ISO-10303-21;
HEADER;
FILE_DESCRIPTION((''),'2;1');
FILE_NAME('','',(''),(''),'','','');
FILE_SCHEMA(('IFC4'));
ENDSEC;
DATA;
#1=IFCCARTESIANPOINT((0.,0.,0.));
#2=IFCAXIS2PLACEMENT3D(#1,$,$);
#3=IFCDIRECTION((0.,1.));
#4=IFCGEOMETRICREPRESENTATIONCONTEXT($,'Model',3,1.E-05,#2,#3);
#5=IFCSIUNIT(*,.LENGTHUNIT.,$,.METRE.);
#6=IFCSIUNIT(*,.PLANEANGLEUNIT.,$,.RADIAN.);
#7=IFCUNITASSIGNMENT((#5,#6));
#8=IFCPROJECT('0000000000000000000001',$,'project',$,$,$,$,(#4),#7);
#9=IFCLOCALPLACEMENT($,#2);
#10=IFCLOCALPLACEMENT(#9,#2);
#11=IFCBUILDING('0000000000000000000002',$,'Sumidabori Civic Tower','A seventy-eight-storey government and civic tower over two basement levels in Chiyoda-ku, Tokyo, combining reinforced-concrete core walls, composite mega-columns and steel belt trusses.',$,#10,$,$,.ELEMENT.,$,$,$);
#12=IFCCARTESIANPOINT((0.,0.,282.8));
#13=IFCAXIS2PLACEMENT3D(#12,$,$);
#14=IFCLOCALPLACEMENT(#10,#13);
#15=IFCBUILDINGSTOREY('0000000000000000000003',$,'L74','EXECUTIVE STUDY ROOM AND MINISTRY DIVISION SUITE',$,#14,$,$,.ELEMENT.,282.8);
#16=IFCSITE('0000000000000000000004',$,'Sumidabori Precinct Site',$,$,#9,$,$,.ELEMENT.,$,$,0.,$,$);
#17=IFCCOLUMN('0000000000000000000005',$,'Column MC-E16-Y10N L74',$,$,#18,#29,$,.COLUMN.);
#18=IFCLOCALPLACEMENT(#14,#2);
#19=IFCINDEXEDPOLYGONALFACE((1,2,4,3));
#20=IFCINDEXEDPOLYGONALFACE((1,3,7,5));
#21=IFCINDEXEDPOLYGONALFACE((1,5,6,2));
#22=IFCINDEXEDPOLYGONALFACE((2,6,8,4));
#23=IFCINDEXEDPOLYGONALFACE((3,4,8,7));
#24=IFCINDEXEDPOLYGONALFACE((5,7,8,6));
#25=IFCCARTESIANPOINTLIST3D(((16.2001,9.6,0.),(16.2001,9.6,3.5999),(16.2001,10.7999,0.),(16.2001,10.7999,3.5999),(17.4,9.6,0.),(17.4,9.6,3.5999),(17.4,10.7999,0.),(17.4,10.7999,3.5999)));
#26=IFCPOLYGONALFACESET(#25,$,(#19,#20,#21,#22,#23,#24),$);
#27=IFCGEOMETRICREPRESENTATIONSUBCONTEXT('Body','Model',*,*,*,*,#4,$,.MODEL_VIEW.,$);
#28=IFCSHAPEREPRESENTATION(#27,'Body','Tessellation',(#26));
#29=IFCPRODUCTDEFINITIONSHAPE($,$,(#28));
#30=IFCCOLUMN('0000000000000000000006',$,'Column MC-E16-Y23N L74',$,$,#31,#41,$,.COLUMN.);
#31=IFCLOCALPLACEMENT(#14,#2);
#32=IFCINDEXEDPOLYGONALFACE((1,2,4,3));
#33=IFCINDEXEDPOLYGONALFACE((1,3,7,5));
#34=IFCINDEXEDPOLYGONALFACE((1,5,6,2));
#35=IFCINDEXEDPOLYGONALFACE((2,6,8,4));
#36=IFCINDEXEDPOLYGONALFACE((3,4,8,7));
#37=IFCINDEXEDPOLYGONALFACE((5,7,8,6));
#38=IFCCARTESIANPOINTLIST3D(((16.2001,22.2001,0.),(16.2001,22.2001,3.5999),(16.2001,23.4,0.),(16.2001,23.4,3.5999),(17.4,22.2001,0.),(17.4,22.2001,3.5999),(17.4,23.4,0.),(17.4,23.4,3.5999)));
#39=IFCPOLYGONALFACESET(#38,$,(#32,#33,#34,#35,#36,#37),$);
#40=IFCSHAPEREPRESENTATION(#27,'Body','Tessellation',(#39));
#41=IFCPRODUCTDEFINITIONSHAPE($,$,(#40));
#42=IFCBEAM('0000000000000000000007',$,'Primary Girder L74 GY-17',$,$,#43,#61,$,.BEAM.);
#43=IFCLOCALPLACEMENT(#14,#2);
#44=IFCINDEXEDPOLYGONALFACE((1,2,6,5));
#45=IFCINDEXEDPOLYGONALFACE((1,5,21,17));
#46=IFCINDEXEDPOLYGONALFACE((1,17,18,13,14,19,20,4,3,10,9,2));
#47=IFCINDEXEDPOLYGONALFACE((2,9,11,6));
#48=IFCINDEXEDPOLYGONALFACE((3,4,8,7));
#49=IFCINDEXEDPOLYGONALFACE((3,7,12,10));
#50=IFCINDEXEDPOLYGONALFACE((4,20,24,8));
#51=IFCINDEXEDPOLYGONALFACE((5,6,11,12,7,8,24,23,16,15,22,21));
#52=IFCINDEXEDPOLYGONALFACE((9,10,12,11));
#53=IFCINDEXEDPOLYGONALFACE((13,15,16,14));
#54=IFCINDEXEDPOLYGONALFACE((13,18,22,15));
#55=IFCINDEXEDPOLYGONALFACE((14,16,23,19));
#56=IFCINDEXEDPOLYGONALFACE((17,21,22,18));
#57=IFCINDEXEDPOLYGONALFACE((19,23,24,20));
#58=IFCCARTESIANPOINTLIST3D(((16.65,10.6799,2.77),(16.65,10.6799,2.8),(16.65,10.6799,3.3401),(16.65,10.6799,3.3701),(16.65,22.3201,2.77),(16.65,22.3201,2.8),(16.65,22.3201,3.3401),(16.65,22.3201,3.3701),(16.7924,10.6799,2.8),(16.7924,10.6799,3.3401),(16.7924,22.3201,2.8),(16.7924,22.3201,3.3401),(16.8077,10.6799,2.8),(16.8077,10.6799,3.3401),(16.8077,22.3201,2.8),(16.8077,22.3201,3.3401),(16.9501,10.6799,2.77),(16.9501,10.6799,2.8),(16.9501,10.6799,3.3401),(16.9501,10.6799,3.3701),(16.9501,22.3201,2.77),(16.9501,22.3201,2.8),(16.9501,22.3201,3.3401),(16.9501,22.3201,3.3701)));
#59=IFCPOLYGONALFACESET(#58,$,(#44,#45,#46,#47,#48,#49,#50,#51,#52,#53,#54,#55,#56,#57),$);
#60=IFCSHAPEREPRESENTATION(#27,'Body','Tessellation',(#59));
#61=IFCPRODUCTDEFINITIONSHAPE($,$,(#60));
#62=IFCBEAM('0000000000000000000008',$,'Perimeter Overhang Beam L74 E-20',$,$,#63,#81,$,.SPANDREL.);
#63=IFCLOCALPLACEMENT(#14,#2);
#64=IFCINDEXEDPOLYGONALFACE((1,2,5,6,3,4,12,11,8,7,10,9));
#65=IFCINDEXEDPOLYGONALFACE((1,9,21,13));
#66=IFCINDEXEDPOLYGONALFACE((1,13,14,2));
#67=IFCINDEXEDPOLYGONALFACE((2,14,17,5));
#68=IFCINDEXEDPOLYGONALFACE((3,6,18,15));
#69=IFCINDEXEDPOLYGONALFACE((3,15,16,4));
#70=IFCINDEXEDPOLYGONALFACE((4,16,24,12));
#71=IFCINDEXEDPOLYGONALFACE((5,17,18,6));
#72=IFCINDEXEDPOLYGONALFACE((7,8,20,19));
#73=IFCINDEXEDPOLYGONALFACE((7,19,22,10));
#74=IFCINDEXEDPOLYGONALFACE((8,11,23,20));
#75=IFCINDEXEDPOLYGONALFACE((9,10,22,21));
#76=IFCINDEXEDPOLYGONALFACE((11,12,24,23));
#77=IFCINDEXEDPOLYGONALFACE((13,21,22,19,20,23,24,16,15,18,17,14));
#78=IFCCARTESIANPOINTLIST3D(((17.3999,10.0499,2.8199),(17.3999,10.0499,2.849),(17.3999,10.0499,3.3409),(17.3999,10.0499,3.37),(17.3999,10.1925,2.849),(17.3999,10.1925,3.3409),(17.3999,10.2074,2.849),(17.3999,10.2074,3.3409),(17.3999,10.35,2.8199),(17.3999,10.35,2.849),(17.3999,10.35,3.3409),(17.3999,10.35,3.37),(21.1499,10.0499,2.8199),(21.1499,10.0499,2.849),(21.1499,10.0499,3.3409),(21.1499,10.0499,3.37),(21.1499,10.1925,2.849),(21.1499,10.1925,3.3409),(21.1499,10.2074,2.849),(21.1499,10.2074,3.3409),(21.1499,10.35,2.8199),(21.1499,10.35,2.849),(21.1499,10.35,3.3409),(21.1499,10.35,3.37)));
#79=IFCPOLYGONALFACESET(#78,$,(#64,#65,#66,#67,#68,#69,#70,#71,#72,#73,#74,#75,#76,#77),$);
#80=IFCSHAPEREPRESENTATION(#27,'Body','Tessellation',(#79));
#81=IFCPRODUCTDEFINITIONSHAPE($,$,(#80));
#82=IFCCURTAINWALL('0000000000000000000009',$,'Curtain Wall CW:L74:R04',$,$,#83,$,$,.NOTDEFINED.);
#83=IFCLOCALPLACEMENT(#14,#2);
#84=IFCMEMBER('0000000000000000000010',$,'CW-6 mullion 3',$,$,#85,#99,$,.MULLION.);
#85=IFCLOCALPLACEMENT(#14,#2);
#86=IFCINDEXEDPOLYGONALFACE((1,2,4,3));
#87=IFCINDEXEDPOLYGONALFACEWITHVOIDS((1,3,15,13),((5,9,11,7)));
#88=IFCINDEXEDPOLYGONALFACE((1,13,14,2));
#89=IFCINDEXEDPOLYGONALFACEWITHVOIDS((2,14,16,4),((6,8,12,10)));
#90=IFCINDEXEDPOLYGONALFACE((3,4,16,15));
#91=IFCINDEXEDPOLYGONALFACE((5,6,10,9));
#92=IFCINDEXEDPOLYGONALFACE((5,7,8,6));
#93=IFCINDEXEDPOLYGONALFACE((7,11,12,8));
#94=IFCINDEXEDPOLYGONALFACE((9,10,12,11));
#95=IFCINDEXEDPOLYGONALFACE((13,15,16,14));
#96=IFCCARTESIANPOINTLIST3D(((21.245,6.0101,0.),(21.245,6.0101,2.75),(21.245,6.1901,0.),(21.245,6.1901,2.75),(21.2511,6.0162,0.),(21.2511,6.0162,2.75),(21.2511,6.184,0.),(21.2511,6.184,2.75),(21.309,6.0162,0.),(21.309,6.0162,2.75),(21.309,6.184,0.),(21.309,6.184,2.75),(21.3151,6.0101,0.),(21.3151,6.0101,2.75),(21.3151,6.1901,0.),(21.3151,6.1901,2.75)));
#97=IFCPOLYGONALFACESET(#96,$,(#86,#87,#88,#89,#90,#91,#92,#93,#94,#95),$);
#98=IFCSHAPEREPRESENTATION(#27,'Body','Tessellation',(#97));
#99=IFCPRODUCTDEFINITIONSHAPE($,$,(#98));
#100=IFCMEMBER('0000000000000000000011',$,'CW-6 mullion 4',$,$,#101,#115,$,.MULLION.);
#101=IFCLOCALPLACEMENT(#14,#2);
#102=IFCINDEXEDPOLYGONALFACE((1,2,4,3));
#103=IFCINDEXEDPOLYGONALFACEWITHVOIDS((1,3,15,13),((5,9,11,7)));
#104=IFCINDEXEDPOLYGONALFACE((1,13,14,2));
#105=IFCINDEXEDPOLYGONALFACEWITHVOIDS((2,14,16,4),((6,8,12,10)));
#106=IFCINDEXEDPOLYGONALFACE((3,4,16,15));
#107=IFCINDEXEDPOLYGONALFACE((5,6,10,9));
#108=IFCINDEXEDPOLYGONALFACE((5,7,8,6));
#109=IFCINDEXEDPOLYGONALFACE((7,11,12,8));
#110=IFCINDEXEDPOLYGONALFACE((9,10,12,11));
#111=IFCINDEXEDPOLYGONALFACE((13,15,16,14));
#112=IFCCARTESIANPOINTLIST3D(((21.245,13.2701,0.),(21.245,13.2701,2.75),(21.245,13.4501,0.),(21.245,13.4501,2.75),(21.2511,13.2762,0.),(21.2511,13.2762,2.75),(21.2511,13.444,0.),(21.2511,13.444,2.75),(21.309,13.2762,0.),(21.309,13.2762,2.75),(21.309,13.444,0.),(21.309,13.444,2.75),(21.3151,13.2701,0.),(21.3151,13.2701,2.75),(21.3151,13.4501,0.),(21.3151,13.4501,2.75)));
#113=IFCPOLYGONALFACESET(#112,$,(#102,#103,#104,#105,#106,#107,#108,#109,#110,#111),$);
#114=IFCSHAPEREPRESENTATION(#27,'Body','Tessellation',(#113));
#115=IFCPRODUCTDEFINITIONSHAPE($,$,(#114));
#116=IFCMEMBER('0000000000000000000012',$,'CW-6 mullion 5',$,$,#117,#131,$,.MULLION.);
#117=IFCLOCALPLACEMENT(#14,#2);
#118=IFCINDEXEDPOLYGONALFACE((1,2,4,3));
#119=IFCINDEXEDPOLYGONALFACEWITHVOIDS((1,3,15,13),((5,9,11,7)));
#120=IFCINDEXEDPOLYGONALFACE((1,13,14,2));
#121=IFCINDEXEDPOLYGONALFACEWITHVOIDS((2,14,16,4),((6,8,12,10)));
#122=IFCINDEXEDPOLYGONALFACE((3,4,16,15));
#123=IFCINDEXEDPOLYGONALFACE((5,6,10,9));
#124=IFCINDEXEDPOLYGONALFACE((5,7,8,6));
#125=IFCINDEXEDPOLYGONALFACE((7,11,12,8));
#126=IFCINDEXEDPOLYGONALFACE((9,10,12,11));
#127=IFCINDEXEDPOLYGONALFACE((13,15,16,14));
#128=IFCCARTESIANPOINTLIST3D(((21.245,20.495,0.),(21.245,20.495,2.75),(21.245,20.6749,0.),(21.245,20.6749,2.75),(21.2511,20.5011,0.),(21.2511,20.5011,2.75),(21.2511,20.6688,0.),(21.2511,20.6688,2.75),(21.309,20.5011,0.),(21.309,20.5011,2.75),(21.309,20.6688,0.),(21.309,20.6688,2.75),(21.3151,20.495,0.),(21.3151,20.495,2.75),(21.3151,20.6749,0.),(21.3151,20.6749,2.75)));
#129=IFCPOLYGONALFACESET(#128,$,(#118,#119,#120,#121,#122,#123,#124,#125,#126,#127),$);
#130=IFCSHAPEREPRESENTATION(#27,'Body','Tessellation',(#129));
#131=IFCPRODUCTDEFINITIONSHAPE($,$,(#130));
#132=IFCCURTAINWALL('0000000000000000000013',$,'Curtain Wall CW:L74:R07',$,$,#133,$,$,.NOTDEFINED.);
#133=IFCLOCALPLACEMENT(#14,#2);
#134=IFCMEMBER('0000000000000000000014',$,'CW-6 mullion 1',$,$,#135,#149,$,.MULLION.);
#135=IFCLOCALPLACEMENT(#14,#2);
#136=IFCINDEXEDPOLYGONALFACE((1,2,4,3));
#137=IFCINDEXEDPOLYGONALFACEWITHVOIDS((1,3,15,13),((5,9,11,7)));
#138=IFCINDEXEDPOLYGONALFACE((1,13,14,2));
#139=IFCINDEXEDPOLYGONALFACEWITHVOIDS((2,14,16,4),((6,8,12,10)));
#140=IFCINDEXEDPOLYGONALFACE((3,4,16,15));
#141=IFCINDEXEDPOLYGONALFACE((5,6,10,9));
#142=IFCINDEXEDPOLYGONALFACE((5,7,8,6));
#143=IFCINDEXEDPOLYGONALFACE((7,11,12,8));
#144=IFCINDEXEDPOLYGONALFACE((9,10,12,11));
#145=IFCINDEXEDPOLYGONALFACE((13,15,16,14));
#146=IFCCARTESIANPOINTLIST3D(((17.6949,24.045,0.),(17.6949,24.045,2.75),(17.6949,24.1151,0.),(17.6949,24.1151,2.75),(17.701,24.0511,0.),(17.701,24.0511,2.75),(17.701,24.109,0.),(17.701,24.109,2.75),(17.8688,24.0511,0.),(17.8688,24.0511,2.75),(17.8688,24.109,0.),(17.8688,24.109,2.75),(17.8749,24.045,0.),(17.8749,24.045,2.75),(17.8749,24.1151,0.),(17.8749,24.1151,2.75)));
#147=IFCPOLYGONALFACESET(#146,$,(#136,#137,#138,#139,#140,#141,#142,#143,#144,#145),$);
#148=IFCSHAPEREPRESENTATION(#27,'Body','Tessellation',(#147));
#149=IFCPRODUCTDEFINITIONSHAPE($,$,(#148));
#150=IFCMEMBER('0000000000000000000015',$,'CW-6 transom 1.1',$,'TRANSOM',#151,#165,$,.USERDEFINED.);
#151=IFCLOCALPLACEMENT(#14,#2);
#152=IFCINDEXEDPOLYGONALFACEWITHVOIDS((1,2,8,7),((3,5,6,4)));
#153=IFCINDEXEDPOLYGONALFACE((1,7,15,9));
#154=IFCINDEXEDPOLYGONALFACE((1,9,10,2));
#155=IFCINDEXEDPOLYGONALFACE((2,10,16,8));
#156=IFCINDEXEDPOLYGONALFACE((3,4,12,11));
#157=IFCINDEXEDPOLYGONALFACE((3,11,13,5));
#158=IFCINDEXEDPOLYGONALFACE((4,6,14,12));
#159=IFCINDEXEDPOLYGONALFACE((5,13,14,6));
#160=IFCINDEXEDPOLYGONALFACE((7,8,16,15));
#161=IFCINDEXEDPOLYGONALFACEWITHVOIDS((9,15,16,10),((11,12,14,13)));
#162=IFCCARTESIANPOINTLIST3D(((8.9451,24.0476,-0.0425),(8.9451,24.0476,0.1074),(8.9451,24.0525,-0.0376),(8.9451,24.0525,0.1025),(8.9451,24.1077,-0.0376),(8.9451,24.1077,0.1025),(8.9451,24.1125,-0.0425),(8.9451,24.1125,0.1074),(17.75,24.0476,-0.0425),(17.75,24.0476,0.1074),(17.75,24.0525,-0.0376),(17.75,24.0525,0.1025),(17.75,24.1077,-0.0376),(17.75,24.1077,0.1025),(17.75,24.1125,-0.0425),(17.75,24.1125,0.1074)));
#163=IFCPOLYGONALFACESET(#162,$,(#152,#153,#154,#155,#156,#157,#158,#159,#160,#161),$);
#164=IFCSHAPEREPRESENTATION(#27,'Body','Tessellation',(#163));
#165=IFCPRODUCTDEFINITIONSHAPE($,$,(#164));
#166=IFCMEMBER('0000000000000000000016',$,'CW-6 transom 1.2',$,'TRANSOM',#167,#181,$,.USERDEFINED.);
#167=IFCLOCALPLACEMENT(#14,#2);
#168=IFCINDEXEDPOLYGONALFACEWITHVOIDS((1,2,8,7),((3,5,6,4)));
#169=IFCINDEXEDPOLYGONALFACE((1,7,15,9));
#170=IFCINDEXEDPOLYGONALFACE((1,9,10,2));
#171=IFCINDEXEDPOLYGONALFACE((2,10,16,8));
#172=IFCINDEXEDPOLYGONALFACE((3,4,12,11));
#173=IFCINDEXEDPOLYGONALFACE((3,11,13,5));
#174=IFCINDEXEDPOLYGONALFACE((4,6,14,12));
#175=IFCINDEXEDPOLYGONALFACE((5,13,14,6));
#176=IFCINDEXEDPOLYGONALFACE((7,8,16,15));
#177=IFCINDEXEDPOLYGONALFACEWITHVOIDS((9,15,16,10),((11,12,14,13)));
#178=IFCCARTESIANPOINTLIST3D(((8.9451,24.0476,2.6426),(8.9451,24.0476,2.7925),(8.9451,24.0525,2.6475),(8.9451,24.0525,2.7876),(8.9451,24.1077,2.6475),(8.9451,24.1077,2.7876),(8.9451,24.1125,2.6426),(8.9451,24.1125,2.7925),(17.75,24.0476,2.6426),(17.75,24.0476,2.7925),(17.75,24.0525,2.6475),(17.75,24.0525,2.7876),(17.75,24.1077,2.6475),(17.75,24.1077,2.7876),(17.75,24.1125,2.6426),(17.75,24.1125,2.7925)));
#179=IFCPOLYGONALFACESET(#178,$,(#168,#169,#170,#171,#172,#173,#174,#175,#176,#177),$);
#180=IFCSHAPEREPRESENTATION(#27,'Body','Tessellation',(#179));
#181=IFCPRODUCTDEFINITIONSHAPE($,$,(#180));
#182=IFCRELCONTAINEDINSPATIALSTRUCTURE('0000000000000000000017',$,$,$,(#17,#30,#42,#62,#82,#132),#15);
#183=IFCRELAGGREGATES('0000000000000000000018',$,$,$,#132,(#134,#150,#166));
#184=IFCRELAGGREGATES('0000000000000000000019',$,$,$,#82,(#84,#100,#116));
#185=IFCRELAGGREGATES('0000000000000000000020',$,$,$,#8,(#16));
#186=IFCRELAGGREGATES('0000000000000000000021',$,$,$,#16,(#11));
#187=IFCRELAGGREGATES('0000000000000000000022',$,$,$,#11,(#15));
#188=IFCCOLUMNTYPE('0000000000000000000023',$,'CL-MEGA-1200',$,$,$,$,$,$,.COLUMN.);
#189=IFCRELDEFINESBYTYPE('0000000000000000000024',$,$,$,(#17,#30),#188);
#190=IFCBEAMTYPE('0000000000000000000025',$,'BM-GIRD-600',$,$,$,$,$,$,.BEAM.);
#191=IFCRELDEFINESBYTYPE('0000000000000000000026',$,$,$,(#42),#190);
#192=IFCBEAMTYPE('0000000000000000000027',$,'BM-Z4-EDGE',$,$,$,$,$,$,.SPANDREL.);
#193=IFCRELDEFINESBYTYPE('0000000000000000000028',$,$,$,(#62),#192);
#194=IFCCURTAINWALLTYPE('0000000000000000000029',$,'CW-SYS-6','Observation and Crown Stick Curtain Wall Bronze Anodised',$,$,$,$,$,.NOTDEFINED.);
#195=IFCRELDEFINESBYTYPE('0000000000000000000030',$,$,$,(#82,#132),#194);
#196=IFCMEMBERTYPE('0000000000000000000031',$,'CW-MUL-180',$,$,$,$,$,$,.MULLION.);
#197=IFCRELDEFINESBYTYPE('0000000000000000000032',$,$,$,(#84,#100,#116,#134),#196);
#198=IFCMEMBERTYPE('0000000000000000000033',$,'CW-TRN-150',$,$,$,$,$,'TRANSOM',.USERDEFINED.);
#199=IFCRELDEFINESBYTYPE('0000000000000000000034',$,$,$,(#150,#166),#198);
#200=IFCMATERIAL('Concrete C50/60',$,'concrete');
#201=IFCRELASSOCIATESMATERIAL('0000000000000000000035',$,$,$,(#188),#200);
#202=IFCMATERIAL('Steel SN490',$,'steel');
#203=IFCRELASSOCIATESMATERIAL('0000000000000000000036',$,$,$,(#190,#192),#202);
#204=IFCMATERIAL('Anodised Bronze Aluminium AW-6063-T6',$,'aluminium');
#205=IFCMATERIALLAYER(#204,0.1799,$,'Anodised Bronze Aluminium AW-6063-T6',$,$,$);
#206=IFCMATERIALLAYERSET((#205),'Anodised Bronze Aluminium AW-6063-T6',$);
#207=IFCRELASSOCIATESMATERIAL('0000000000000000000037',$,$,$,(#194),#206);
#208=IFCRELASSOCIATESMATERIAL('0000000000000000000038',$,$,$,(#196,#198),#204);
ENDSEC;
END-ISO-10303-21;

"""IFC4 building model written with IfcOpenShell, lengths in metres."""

from ifc_helpers import new_model, si_unit, direction, frame, origin, origin_2d, place, context, subcontext, project, spatial, rectangle, hollow_rectangle, i_section, extrude, source, transform, mapped, material, layer, layer_set, material_profile, profile_set, type_object, element, aggregate, save


model = new_model("IFC4")

# Units and contexts
model_context = context("Model", 3, precision=1e-05, world=origin(), true_north=direction((0.0, 1.0)))
body_context = subcontext(model_context, "Body", "Model", "MODEL_VIEW")
ifc_project = project(units=[si_unit("LENGTHUNIT", "METRE"), si_unit("PLANEANGLEUNIT", "RADIAN")], contexts=[model_context])

# Site, building, storey
site_placement = place(None, origin())
site = spatial("IfcSite", under=ifc_project, at=site_placement, Name="Sumidabori Precinct Site", CompositionType="ELEMENT", RefElevation=0.0)
building_placement = place(site_placement, origin())
building = spatial("IfcBuilding", under=site, at=building_placement, Name="Sumidabori Civic Tower", Description="A seventy-eight-storey government and civic tower over two basement levels in Chiyoda-ku, Tokyo, combining reinforced-concrete core walls, composite mega-columns and steel belt trusses.", CompositionType="ELEMENT")
storey_placement = place(building_placement, frame((0.0, 0.0, 282.8)))
storey = spatial("IfcBuildingStorey", under=building, at=storey_placement, Name="L74", Description="EXECUTIVE STUDY ROOM AND MINISTRY DIVISION SUITE", CompositionType="ELEMENT", Elevation=282.8)

# Columns
ifc_material_1 = material(Name="Concrete C50/60", Category="concrete")
ifc_material_profile_1 = material_profile(ifc_material_1, rectangle(XDim=1.2, YDim=1.2, at=origin_2d()), Name="RC 1200x1200")
ifc_profile_set_1 = profile_set([ifc_material_profile_1], Name="Concrete C50/60")
column_type = type_object("IfcColumnType", Name="CL-MEGA-1200", PredefinedType="COLUMN", material=ifc_profile_set_1)
shared_shape_1 = source(origin(), body_context, "Body", "SweptSolid", [
    extrude(rectangle(XDim=1.2, YDim=1.2, at=origin_2d()), origin(), (0.0, 0.0, 1.0), 3.5999),
])
for number, where, z_axis, x_axis, name in (
    (1, (16.8, 10.2, 0.0), (0.0, 0.0, 1.0), (1.0, 0.0, 0.0), "Column MC-E16-Y10N L74"),
    (2, (16.8, 22.8, 0.0), (0.0, 0.0, 1.0), (1.0, 0.0, 0.0), "Column MC-E16-Y23N L74"),
):
    element("IfcColumn", number, at=place(storey_placement, frame(where, z_axis=z_axis, x_axis=x_axis)), inside=storey, type_object=column_type, Name=name, PredefinedType="COLUMN", context=body_context, shape_type="MappedRepresentation", body=[
        mapped(shared_shape_1, transform((0.0, 0.0, 0.0), x_axis=(1.0, 0.0, 0.0), y_axis=(0.0, 1.0, 0.0), z_axis=(0.0, 0.0, 1.0), scale=1.0)),
    ])

# Beams
ifc_material_2 = material(Name="Steel SN490", Category="steel")
ifc_material_profile_2 = material_profile(ifc_material_2, i_section(OverallWidth=0.3, OverallDepth=0.6001, WebThickness=0.0154, FlangeThickness=0.03, at=origin_2d()), Name="HE 600 B")
ifc_profile_set_2 = profile_set([ifc_material_profile_2], Name="Steel SN490")
beam_type_1 = type_object("IfcBeamType", Name="BM-GIRD-600", PredefinedType="BEAM", material=ifc_profile_set_2)
shared_shape_2 = source(origin(), body_context, "Body", "SweptSolid", [
    extrude(i_section(OverallWidth=0.3, OverallDepth=0.6001, WebThickness=0.0154, FlangeThickness=0.03, at=origin_2d()), origin(), (0.0, 0.0, 1.0), 11.6401),
])
beam_1_placement = place(storey_placement, frame((16.8, 10.6799, 3.0701), z_axis=(0.0, 1.0, 0.0), x_axis=(-1.0, 0.0, 0.0)))
element("IfcBeam", 3, at=beam_1_placement, inside=storey, type_object=beam_type_1, Name="Primary Girder L74 GY-17", PredefinedType="BEAM", context=body_context, shape_type="MappedRepresentation", body=[
    mapped(shared_shape_2, transform((0.0, 0.0, 0.0), x_axis=(1.0, 0.0, 0.0), y_axis=(0.0, 1.0, 0.0), z_axis=(0.0, 0.0, 1.0), scale=1.0)),
])
ifc_material_profile_3 = material_profile(ifc_material_2, i_section(OverallWidth=0.3, OverallDepth=0.55, WebThickness=0.0149, FlangeThickness=0.0291, at=origin_2d()), Name="HE 550 B")
ifc_profile_set_3 = profile_set([ifc_material_profile_3], Name="Steel SN490")
beam_type_2 = type_object("IfcBeamType", Name="BM-Z4-EDGE", PredefinedType="SPANDREL", material=ifc_profile_set_3)
shared_shape_3 = source(origin(), body_context, "Body", "SweptSolid", [
    extrude(i_section(OverallWidth=0.3, OverallDepth=0.55, WebThickness=0.0149, FlangeThickness=0.0291, at=origin_2d()), origin(), (0.0, 0.0, 1.0), 3.75),
])
beam_2_placement = place(storey_placement, frame((17.3999, 10.2, 3.095), z_axis=(1.0, 0.0, 0.0), x_axis=(0.0, 1.0, 0.0)))
element("IfcBeam", 4, at=beam_2_placement, inside=storey, type_object=beam_type_2, Name="Perimeter Overhang Beam L74 E-20", PredefinedType="SPANDREL", context=body_context, shape_type="MappedRepresentation", body=[
    mapped(shared_shape_3, transform((0.0, 0.0, 0.0), x_axis=(1.0, 0.0, 0.0), y_axis=(0.0, 1.0, 0.0), z_axis=(0.0, 0.0, 1.0), scale=1.0)),
])

# Curtain walls, members
ifc_material_3 = material(Name="Anodised Bronze Aluminium AW-6063-T6", Category="aluminium")
ifc_layer_1 = layer(ifc_material_3, 0.1799, Name="Anodised Bronze Aluminium AW-6063-T6")
ifc_layer_set_1 = layer_set([ifc_layer_1], Name="Anodised Bronze Aluminium AW-6063-T6")
curtain_wall_type = type_object("IfcCurtainWallType", Name="CW-SYS-6", Description="Observation and Crown Stick Curtain Wall Bronze Anodised", PredefinedType="NOTDEFINED", material=ifc_layer_set_1)
curtain_wall_1_placement = place(storey_placement, origin())
curtain_wall_1 = element("IfcCurtainWall", 5, at=curtain_wall_1_placement, inside=storey, type_object=curtain_wall_type, Name="Curtain Wall CW:L74:R04", PredefinedType="NOTDEFINED")
ifc_material_profile_4 = material_profile(ifc_material_3, hollow_rectangle(XDim=0.0701, YDim=0.1799, WallThickness=0.0061, at=origin_2d()), Name="ALU MULLION 180x70")
ifc_profile_set_4 = profile_set([ifc_material_profile_4], Name="Anodised Bronze Aluminium AW-6063-T6")
member_type_1 = type_object("IfcMemberType", Name="CW-MUL-180", PredefinedType="MULLION", material=ifc_profile_set_4)
shared_shape_4 = source(origin(), body_context, "Body", "SweptSolid", [
    extrude(hollow_rectangle(XDim=0.0701, YDim=0.1799, WallThickness=0.0061, at=origin_2d()), origin(), (0.0, 0.0, 1.0), 2.75),
])
member_1_placement = place(storey_placement, frame((21.28, 6.1001, 0.0), z_axis=(0.0, 0.0, 1.0), x_axis=(-1.0, 0.0, 0.0)))
member_1 = element("IfcMember", 6, at=member_1_placement, type_object=member_type_1, Name="CW-6 mullion 3", PredefinedType="MULLION", context=body_context, shape_type="MappedRepresentation", body=[
    mapped(shared_shape_4, transform((0.0, 0.0, 0.0), x_axis=(1.0, 0.0, 0.0), y_axis=(0.0, 1.0, 0.0), z_axis=(0.0, 0.0, 1.0), scale=1.0)),
])
member_2_placement = place(storey_placement, frame((21.28, 13.3601, 0.0), z_axis=(0.0, 0.0, 1.0), x_axis=(-1.0, 0.0, 0.0)))
member_2 = element("IfcMember", 7, at=member_2_placement, type_object=member_type_1, Name="CW-6 mullion 4", PredefinedType="MULLION", context=body_context, shape_type="MappedRepresentation", body=[
    mapped(shared_shape_4, transform((0.0, 0.0, 0.0), x_axis=(1.0, 0.0, 0.0), y_axis=(0.0, 1.0, 0.0), z_axis=(0.0, 0.0, 1.0), scale=1.0)),
])
member_3_placement = place(storey_placement, frame((21.28, 20.585, 0.0), z_axis=(0.0, 0.0, 1.0), x_axis=(-1.0, 0.0, 0.0)))
member_3 = element("IfcMember", 8, at=member_3_placement, type_object=member_type_1, Name="CW-6 mullion 5", PredefinedType="MULLION", context=body_context, shape_type="MappedRepresentation", body=[
    mapped(shared_shape_4, transform((0.0, 0.0, 0.0), x_axis=(1.0, 0.0, 0.0), y_axis=(0.0, 1.0, 0.0), z_axis=(0.0, 0.0, 1.0), scale=1.0)),
])
curtain_wall_2_placement = place(storey_placement, origin())
curtain_wall_2 = element("IfcCurtainWall", 9, at=curtain_wall_2_placement, inside=storey, type_object=curtain_wall_type, Name="Curtain Wall CW:L74:R07", PredefinedType="NOTDEFINED")
member_4_placement = place(storey_placement, frame((17.7849, 24.0801, 0.0), z_axis=(0.0, 0.0, 1.0), x_axis=(0.0, -1.0, 0.0)))
member_4 = element("IfcMember", 10, at=member_4_placement, type_object=member_type_1, Name="CW-6 mullion 1", PredefinedType="MULLION", context=body_context, shape_type="MappedRepresentation", body=[
    mapped(shared_shape_4, transform((0.0, 0.0, 0.0), x_axis=(1.0, 0.0, 0.0), y_axis=(0.0, 1.0, 0.0), z_axis=(0.0, 0.0, 1.0), scale=1.0)),
])
ifc_material_profile_5 = material_profile(ifc_material_3, hollow_rectangle(XDim=0.0649, YDim=0.1499, WallThickness=0.0049, at=origin_2d()), Name="ALU TRANSOM 150x65")
ifc_profile_set_5 = profile_set([ifc_material_profile_5], Name="Anodised Bronze Aluminium AW-6063-T6")
member_type_2 = type_object("IfcMemberType", Name="CW-TRN-150", ElementType="TRANSOM", PredefinedType="USERDEFINED", material=ifc_profile_set_5)
shared_shape_5 = source(origin(), body_context, "Body", "SweptSolid", [
    extrude(hollow_rectangle(XDim=0.0649, YDim=0.1499, WallThickness=0.0049, at=origin_2d()), origin(), (0.0, 0.0, 1.0), 8.8049),
])
member_5_placement = place(storey_placement, frame((17.75, 24.0801, 0.0325), z_axis=(-1.0, 0.0, 0.0), x_axis=(0.0, -1.0, 0.0)))
member_5 = element("IfcMember", 11, at=member_5_placement, type_object=member_type_2, Name="CW-6 transom 1.1", ObjectType="TRANSOM", PredefinedType="USERDEFINED", context=body_context, shape_type="MappedRepresentation", body=[
    mapped(shared_shape_5, transform((0.0, 0.0, 0.0), x_axis=(1.0, 0.0, 0.0), y_axis=(0.0, 1.0, 0.0), z_axis=(0.0, 0.0, 1.0), scale=1.0)),
])
member_6_placement = place(storey_placement, frame((17.75, 24.0801, 2.7175), z_axis=(-1.0, 0.0, 0.0), x_axis=(0.0, -1.0, 0.0)))
member_6 = element("IfcMember", 12, at=member_6_placement, type_object=member_type_2, Name="CW-6 transom 1.2", ObjectType="TRANSOM", PredefinedType="USERDEFINED", context=body_context, shape_type="MappedRepresentation", body=[
    mapped(shared_shape_5, transform((0.0, 0.0, 0.0), x_axis=(1.0, 0.0, 0.0), y_axis=(0.0, 1.0, 0.0), z_axis=(0.0, 0.0, 1.0), scale=1.0)),
])

aggregate(curtain_wall_2, [member_4, member_5, member_6])
aggregate(curtain_wall_1, [member_1, member_2, member_3])

save(model, "model.ifc")
